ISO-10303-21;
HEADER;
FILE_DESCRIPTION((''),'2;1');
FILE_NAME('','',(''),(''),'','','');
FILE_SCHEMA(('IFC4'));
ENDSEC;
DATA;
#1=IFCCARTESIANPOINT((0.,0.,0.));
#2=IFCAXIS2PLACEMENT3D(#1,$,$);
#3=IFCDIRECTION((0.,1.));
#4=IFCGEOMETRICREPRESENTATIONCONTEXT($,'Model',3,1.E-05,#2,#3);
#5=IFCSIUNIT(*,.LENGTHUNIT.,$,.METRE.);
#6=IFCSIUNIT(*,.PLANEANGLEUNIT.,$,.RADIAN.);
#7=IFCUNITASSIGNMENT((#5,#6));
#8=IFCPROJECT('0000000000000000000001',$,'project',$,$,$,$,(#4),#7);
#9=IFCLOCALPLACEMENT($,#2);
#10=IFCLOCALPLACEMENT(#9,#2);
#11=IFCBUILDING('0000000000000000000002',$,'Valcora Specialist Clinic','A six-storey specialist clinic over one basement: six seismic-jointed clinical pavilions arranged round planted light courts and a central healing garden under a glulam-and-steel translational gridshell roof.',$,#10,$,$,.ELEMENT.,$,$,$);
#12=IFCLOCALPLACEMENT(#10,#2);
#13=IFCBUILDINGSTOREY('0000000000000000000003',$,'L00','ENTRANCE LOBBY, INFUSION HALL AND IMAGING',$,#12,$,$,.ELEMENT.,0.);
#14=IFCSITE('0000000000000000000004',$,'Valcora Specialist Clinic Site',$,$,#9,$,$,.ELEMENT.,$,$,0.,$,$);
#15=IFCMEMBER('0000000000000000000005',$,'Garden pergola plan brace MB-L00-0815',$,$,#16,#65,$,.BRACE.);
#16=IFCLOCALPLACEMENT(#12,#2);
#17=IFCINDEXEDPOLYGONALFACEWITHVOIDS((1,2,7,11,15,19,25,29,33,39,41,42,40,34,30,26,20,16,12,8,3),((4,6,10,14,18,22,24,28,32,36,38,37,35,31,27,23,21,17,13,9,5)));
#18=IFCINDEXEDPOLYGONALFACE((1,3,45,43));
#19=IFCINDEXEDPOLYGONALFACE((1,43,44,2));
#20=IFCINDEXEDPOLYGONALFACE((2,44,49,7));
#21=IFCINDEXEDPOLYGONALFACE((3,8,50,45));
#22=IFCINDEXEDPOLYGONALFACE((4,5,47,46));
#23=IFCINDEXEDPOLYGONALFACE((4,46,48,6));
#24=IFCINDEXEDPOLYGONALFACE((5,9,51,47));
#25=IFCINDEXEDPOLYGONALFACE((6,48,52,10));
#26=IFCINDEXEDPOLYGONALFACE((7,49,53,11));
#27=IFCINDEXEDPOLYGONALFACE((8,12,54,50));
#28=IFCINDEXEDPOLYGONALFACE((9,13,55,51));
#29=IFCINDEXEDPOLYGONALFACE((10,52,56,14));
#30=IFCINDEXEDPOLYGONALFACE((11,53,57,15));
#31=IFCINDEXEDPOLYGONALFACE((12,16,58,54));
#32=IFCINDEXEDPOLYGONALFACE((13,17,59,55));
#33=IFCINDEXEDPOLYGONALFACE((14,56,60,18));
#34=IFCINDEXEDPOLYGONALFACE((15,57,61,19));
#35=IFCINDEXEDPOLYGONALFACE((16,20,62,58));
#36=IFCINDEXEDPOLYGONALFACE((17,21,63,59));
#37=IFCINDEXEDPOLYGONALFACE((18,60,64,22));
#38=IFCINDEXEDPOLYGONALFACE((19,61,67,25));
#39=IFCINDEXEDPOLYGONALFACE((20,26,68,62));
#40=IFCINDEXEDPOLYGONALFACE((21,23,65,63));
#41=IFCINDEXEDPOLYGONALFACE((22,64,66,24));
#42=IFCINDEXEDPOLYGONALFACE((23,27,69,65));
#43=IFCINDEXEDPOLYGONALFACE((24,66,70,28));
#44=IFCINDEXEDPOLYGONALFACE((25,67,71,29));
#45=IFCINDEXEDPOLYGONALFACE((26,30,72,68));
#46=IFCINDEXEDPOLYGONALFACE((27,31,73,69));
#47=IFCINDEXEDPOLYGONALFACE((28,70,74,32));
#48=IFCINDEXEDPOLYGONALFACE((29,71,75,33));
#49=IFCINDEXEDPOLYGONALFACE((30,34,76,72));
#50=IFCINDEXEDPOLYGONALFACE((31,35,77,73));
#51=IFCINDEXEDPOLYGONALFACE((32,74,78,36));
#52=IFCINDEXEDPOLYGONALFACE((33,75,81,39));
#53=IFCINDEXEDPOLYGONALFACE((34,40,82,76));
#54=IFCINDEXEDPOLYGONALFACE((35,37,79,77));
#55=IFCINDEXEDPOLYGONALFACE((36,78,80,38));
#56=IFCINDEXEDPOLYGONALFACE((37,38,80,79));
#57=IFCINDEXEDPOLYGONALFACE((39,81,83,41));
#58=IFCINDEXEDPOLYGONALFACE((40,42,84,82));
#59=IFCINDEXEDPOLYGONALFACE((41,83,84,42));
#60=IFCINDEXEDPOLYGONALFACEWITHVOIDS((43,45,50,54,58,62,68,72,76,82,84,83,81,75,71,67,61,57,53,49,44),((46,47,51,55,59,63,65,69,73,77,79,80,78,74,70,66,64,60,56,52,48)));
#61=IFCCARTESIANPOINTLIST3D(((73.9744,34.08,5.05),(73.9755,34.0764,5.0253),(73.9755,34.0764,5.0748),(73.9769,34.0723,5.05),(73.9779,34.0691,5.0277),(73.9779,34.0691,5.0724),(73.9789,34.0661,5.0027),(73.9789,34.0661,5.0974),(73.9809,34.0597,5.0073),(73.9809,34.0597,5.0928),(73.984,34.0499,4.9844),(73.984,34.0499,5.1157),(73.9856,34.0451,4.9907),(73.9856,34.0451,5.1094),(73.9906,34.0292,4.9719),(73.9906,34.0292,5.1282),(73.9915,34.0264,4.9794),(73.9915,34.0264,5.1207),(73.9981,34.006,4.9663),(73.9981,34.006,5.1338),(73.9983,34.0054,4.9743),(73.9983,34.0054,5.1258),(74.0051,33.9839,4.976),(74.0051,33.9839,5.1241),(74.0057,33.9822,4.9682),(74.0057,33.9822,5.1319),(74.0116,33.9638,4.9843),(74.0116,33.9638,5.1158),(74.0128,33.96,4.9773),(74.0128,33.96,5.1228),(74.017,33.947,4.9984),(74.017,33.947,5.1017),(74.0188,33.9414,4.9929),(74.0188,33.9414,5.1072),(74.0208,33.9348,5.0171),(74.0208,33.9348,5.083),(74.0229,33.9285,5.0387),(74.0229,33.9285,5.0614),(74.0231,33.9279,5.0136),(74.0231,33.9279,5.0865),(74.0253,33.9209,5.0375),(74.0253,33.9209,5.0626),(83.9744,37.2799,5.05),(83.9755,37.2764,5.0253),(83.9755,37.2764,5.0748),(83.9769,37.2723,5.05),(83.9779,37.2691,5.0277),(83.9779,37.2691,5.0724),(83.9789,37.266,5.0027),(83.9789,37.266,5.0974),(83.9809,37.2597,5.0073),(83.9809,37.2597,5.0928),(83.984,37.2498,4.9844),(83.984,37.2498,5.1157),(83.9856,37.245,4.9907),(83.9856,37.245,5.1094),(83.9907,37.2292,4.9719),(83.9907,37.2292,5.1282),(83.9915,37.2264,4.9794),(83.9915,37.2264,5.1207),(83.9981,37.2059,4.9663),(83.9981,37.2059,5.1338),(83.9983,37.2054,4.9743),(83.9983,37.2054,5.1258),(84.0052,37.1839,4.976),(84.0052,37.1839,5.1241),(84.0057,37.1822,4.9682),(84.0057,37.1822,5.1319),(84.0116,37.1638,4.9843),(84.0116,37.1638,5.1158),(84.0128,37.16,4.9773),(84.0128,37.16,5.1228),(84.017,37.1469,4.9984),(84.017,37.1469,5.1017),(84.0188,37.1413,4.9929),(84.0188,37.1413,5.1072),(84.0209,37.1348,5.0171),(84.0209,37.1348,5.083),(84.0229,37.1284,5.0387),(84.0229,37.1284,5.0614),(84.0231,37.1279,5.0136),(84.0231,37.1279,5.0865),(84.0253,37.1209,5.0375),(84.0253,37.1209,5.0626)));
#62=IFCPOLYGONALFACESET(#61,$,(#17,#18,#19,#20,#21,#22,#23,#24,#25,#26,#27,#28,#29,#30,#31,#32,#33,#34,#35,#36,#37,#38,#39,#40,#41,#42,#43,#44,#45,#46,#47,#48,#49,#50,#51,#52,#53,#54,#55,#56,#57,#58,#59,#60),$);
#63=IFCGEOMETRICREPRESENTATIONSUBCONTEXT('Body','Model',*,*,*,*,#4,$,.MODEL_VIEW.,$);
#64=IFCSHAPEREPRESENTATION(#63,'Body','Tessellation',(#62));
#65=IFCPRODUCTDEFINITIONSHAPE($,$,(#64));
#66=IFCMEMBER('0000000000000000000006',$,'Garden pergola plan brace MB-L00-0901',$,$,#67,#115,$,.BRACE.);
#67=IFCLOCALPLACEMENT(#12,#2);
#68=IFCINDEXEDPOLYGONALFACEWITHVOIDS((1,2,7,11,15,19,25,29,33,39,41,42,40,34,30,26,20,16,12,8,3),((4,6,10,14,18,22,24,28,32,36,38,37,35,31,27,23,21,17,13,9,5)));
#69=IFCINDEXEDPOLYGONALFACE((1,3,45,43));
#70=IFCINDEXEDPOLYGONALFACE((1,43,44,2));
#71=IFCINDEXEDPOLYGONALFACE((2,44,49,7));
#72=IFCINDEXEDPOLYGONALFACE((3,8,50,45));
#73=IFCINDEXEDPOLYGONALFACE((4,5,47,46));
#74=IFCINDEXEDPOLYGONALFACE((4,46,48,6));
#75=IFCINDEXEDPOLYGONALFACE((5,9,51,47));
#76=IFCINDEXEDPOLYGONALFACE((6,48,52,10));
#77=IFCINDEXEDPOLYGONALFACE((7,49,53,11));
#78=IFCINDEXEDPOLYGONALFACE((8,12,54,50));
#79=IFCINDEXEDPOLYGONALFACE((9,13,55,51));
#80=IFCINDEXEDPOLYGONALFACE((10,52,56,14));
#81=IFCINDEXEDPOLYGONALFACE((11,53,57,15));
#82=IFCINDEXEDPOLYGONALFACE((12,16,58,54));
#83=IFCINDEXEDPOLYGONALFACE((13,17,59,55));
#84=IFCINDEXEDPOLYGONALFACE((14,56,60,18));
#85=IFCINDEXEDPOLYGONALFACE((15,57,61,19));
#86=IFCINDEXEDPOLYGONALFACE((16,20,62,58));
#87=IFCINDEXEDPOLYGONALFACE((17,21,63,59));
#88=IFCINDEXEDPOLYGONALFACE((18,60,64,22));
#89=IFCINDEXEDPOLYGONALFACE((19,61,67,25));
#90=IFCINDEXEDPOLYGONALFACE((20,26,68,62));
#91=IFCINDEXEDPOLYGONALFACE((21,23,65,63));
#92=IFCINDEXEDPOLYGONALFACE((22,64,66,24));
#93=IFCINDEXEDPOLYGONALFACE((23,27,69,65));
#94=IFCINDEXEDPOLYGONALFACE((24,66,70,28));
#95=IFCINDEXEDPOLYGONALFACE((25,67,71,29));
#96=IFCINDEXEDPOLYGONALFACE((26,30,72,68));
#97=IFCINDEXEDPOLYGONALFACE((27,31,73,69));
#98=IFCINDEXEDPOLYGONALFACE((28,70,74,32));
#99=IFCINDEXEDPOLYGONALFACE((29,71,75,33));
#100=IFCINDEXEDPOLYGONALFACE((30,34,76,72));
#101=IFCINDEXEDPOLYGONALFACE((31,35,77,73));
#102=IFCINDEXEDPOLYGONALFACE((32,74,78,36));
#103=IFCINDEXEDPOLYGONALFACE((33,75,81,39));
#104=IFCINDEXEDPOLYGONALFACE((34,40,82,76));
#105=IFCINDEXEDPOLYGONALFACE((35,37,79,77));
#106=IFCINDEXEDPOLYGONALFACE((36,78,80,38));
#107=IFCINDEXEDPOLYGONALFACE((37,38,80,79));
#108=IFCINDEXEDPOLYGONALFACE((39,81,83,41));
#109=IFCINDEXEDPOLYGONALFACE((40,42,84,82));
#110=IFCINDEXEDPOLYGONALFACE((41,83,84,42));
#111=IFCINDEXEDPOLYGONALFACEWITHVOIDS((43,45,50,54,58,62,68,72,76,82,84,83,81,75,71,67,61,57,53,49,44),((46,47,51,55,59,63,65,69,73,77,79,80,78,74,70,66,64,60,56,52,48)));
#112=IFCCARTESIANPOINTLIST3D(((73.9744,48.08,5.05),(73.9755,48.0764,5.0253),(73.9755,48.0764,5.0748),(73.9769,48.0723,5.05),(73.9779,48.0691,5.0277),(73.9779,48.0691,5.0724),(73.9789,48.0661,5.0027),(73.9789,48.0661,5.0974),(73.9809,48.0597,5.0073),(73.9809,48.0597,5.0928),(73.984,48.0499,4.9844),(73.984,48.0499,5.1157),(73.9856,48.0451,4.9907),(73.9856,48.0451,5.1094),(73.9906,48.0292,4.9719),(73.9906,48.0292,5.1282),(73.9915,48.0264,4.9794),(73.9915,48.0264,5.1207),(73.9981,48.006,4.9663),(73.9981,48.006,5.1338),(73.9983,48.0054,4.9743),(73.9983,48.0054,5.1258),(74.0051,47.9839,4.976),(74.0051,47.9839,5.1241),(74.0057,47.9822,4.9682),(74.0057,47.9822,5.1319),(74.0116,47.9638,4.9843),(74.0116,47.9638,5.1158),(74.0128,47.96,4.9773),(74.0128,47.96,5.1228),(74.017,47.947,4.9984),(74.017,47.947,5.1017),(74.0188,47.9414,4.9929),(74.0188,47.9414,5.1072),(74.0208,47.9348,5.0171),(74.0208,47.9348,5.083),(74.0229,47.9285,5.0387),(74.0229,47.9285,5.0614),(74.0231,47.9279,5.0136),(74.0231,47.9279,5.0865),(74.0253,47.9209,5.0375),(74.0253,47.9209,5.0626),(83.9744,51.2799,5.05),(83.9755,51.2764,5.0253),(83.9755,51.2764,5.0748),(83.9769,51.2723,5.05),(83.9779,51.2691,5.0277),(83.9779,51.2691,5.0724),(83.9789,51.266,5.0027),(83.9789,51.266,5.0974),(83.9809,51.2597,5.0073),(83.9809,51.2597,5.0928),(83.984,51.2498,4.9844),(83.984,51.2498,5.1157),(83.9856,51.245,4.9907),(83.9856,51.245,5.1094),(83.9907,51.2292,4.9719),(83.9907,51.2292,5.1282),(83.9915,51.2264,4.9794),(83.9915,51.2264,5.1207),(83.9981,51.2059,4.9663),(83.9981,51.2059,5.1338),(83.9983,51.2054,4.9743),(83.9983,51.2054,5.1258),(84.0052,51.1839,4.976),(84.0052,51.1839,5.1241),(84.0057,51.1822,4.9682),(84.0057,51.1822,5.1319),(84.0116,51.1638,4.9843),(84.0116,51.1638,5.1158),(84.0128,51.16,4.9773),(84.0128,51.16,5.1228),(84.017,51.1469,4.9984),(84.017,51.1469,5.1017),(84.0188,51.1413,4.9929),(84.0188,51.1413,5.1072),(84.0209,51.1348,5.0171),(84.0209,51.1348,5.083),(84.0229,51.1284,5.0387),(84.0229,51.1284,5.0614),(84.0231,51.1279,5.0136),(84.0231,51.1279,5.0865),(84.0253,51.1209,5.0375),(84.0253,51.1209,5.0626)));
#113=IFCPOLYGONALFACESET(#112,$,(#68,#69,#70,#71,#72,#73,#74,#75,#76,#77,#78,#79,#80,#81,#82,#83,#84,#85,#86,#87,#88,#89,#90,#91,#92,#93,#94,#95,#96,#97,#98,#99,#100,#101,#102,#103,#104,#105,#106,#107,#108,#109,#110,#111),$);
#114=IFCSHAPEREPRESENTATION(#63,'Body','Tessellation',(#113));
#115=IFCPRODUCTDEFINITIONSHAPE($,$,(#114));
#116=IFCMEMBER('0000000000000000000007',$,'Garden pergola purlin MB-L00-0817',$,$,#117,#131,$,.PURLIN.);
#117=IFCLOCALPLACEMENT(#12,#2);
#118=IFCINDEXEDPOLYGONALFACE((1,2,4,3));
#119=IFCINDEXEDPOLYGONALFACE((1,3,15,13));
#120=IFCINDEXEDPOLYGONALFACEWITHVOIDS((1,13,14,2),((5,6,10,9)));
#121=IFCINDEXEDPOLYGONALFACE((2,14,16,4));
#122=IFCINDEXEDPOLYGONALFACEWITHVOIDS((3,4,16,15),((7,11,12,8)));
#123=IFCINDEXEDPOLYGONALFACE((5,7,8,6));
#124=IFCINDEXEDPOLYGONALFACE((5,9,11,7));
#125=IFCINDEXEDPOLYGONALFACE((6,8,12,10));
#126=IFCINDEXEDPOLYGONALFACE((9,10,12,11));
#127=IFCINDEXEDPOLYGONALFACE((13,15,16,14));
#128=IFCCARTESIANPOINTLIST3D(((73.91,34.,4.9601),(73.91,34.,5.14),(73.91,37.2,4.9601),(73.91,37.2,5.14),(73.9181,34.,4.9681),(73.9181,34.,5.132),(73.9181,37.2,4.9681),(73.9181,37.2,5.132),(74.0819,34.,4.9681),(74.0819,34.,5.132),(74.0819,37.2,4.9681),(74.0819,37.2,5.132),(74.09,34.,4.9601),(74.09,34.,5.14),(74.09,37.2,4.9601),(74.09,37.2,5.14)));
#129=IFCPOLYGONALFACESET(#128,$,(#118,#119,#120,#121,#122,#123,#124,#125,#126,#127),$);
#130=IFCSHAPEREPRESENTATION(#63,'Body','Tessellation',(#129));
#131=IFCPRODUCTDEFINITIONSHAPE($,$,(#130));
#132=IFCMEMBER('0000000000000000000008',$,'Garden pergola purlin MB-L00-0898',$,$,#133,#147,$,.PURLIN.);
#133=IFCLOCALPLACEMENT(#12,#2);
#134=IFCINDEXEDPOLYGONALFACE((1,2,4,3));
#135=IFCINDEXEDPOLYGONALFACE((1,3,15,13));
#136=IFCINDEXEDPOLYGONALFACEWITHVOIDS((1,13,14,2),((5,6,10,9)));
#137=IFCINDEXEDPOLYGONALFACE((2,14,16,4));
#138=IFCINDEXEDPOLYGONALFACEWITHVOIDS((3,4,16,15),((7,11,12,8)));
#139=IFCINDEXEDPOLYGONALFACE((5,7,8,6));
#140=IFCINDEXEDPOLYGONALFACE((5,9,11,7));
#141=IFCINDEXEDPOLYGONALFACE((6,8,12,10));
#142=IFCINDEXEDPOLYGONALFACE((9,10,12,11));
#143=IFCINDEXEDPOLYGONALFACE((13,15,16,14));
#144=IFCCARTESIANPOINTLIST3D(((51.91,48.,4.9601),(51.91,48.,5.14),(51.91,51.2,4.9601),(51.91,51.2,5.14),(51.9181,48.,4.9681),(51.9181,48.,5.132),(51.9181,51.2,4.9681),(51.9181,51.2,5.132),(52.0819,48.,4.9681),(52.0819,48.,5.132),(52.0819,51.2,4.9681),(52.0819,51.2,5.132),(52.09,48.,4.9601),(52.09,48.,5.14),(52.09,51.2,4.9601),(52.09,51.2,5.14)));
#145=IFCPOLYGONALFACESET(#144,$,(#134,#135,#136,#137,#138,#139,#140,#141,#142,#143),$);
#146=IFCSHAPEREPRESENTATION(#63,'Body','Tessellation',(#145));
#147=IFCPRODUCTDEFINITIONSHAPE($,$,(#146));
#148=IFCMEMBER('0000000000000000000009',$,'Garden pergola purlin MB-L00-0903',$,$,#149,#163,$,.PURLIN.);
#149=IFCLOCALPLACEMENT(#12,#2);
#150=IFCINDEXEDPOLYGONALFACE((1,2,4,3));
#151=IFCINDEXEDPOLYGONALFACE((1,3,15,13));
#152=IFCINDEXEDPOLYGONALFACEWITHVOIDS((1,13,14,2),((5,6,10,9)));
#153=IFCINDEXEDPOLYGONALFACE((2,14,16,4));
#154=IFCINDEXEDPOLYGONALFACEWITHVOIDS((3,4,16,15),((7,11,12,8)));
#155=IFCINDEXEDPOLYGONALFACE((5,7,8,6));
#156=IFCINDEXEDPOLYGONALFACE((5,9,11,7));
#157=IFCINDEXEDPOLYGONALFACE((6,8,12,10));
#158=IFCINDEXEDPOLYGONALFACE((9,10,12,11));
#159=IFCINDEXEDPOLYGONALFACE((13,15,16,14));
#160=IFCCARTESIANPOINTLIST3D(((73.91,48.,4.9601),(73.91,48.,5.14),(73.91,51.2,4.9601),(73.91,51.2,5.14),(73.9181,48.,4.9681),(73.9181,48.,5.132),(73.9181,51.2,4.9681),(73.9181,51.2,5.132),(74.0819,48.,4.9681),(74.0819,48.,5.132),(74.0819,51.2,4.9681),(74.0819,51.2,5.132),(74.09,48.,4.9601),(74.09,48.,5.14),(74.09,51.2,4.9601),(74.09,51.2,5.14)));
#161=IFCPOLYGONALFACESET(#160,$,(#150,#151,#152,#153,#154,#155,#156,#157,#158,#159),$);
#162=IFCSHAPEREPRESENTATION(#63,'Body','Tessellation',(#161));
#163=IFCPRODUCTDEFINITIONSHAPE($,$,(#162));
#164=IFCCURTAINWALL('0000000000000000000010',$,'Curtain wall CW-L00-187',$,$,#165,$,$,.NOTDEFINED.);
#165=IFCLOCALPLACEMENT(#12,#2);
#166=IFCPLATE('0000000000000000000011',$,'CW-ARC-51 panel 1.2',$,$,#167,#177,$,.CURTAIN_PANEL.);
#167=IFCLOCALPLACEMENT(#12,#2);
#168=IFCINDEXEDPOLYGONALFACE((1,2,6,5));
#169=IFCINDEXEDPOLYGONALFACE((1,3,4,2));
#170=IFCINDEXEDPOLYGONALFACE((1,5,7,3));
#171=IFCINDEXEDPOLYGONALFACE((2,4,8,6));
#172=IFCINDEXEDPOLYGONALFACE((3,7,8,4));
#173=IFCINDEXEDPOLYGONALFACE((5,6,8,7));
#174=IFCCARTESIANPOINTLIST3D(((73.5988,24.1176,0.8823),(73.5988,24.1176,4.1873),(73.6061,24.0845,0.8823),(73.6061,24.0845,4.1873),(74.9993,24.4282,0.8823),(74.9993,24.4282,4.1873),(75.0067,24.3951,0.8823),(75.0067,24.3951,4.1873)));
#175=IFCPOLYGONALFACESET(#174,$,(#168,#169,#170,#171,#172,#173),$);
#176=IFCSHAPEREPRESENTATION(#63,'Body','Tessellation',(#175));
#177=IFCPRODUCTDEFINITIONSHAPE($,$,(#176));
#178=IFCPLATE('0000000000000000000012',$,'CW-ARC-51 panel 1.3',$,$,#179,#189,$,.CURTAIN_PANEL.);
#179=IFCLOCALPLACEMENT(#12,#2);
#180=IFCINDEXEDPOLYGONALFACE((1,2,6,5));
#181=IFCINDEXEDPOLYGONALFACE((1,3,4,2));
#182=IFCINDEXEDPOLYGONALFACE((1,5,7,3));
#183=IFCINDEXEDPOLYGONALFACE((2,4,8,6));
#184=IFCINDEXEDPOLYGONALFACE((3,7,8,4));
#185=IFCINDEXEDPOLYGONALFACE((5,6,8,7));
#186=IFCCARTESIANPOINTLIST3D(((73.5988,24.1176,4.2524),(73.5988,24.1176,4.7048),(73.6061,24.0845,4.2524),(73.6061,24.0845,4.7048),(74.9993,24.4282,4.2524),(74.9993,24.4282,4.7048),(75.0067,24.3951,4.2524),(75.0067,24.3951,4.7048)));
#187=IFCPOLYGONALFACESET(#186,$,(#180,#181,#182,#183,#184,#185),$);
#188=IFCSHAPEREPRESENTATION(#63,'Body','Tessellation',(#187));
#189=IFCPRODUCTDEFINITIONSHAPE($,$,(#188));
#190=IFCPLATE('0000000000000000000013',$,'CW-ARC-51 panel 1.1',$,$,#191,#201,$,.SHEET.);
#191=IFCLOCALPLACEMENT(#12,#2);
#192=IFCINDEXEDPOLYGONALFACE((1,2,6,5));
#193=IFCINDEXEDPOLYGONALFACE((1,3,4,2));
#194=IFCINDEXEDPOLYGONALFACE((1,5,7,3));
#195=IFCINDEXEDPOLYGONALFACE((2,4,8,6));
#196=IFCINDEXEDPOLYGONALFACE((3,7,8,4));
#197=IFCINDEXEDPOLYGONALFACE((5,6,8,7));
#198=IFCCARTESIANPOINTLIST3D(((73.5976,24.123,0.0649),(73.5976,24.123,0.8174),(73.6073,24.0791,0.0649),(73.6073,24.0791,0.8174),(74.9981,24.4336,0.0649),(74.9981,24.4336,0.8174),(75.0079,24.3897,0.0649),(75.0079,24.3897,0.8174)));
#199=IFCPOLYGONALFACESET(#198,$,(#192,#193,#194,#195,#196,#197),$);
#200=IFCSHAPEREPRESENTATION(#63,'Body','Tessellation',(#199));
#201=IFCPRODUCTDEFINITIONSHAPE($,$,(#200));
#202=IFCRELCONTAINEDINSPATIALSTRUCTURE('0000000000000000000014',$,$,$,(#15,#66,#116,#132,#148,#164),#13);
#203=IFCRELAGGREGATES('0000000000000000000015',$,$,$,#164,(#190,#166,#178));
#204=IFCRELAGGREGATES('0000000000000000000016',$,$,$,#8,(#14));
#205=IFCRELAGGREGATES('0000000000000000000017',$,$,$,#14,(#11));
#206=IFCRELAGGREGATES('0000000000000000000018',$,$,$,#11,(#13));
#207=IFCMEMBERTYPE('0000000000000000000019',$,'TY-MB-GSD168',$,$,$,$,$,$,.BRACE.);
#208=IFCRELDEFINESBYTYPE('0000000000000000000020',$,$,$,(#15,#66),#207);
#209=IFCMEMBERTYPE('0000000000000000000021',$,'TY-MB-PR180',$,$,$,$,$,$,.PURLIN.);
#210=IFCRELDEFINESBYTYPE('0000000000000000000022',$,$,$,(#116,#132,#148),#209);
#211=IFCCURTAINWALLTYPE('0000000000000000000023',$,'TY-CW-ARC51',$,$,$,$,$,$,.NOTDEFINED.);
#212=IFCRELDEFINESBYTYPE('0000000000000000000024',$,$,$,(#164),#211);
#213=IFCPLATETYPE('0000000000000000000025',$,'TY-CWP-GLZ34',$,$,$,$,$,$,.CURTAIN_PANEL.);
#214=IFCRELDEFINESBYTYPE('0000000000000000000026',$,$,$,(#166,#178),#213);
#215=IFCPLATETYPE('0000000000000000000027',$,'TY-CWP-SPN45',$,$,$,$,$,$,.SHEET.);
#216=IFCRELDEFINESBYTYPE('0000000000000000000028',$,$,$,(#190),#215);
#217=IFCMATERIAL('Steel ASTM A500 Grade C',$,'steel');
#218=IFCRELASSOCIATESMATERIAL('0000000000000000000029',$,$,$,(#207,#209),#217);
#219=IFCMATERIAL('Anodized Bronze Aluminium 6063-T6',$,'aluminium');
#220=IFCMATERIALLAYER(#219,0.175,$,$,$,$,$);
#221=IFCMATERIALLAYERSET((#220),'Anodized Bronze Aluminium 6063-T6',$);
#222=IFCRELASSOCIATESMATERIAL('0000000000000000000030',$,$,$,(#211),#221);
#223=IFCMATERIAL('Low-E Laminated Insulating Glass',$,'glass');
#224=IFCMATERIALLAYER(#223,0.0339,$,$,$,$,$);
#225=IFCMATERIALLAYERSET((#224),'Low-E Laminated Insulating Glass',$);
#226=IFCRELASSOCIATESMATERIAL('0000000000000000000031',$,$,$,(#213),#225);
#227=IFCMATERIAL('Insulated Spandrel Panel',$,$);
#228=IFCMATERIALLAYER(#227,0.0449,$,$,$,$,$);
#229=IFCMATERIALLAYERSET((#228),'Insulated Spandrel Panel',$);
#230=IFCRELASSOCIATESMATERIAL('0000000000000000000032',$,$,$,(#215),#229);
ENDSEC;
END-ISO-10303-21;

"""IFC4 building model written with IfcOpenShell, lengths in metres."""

from ifc_helpers import new_model, si_unit, direction, frame, origin, origin_2d, place, context, subcontext, project, spatial, rectangle, hollow_rectangle, hollow_circle, extrude, material, layer, layer_set, material_profile, profile_set, type_object, element, aggregate, save


model = new_model("IFC4")

# Units and contexts
model_context = context("Model", 3, precision=1e-05, world=origin(), true_north=direction((0.0, 1.0)))
body_context = subcontext(model_context, "Body", "Model", "MODEL_VIEW")
ifc_project = project(units=[si_unit("LENGTHUNIT", "METRE"), si_unit("PLANEANGLEUNIT", "RADIAN")], contexts=[model_context])

# Site, building, storey
site_placement = place(None, origin())
site = spatial("IfcSite", under=ifc_project, at=site_placement, Name="Valcora Specialist Clinic Site", CompositionType="ELEMENT", RefElevation=0.0)
building_placement = place(site_placement, origin())
building = spatial("IfcBuilding", under=site, at=building_placement, Name="Valcora Specialist Clinic", Description="A six-storey specialist clinic over one basement: six seismic-jointed clinical pavilions arranged round planted light courts and a central healing garden under a glulam-and-steel translational gridshell roof.", CompositionType="ELEMENT")
storey_placement = place(building_placement, origin())
storey = spatial("IfcBuildingStorey", under=building, at=storey_placement, Name="L00", Description="ENTRANCE LOBBY, INFUSION HALL AND IMAGING", CompositionType="ELEMENT", Elevation=0.0)

# Shared definitions
ifc_material_1 = material(Name="Steel ASTM A500 Grade C", Category="steel")

# Members
ifc_material_profile_1 = material_profile(ifc_material_1, hollow_circle(Radius=0.084, WallThickness=0.0081, at=origin_2d()), Name="ST-CHS-168X8")
ifc_profile_set_1 = profile_set([ifc_material_profile_1], Name="Steel ASTM A500 Grade C")
member_type_1 = type_object("IfcMemberType", Name="TY-MB-GSD168", PredefinedType="BRACE", material=ifc_profile_set_1)
for number, where, z_axis, x_axis, name in (
    (1, (74.0, 34.0, 5.05), (0.952425, 0.304772, 0.0), (-0.304772, 0.952425, 0.0), "Garden pergola plan brace MB-L00-0815"),
    (2, (74.0, 48.0, 5.05), (0.952425, 0.304772, 0.0), (-0.304772, 0.952425, 0.0), "Garden pergola plan brace MB-L00-0901"),
):
    element("IfcMember", number, at=place(storey_placement, frame(where, z_axis=z_axis, x_axis=x_axis)), inside=storey, type_object=member_type_1, Name=name, PredefinedType="BRACE", context=body_context, shape_type="SweptSolid", body=[
        extrude(hollow_circle(Radius=0.084, WallThickness=0.0081, at=origin_2d()), origin(), (0.0, 0.0, 1.0), 10.4995),
    ])
ifc_material_profile_2 = material_profile(ifc_material_1, hollow_rectangle(XDim=0.1799, YDim=0.1799, WallThickness=0.0081, at=origin_2d()), Name="ST-RHS-180X180X8")
ifc_profile_set_2 = profile_set([ifc_material_profile_2], Name="Steel ASTM A500 Grade C")
member_type_2 = type_object("IfcMemberType", Name="TY-MB-PR180", PredefinedType="PURLIN", material=ifc_profile_set_2)
for number, where, z_axis, x_axis, name in (
    (3, (74.0, 34.0, 5.05), (0.0, 1.0, 0.0), (-1.0, 0.0, 0.0), "Garden pergola purlin MB-L00-0817"),
    (4, (52.0, 48.0, 5.05), (0.0, 1.0, 0.0), (-1.0, 0.0, 0.0), "Garden pergola purlin MB-L00-0898"),
    (5, (74.0, 48.0, 5.05), (0.0, 1.0, 0.0), (-1.0, 0.0, 0.0), "Garden pergola purlin MB-L00-0903"),
):
    element("IfcMember", number, at=place(storey_placement, frame(where, z_axis=z_axis, x_axis=x_axis)), inside=storey, type_object=member_type_2, Name=name, PredefinedType="PURLIN", context=body_context, shape_type="SweptSolid", body=[
        extrude(hollow_rectangle(XDim=0.1799, YDim=0.1799, WallThickness=0.0081, at=origin_2d()), origin(), (0.0, 0.0, 1.0), 3.2),
    ])

# Curtain wall, plates
ifc_material_2 = material(Name="Anodized Bronze Aluminium 6063-T6", Category="aluminium")
ifc_layer_1 = layer(ifc_material_2, 0.175)
ifc_layer_set_1 = layer_set([ifc_layer_1], Name="Anodized Bronze Aluminium 6063-T6")
curtain_wall_type = type_object("IfcCurtainWallType", Name="TY-CW-ARC51", PredefinedType="NOTDEFINED", material=ifc_layer_set_1)
curtain_wall_placement = place(storey_placement, origin())
curtain_wall = element("IfcCurtainWall", 6, at=curtain_wall_placement, inside=storey, type_object=curtain_wall_type, Name="Curtain wall CW-L00-187", PredefinedType="NOTDEFINED")
ifc_material_3 = material(Name="Low-E Laminated Insulating Glass", Category="glass")
ifc_layer_2 = layer(ifc_material_3, 0.0339)
ifc_layer_set_2 = layer_set([ifc_layer_2], Name="Low-E Laminated Insulating Glass")
plate_type_1 = type_object("IfcPlateType", Name="TY-CWP-GLZ34", PredefinedType="CURTAIN_PANEL", material=ifc_layer_set_2)
plate_1_placement = place(storey_placement, frame((74.3027, 24.2563, 0.8823), z_axis=(0.0, 0.0, 1.0), x_axis=(0.976279, 0.216518, 0.0)))
plate_1 = element("IfcPlate", 7, at=plate_1_placement, type_object=plate_type_1, Name="CW-ARC-51 panel 1.2", PredefinedType="CURTAIN_PANEL", context=body_context, shape_type="SweptSolid", body=[
    extrude(rectangle(XDim=1.4346, YDim=0.0339, at=origin_2d()), origin(), (0.0, 0.0, 1.0), 3.3049),
])
plate_2_placement = place(storey_placement, frame((74.3027, 24.2563, 4.2524), z_axis=(0.0, 0.0, 1.0), x_axis=(0.976279, 0.216518, 0.0)))
plate_2 = element("IfcPlate", 8, at=plate_2_placement, type_object=plate_type_1, Name="CW-ARC-51 panel 1.3", PredefinedType="CURTAIN_PANEL", context=body_context, shape_type="SweptSolid", body=[
    extrude(rectangle(XDim=1.4346, YDim=0.0339, at=origin_2d()), origin(), (0.0, 0.0, 1.0), 0.4524),
])
ifc_material_4 = material(Name="Insulated Spandrel Panel")
ifc_layer_3 = layer(ifc_material_4, 0.0449)
ifc_layer_set_3 = layer_set([ifc_layer_3], Name="Insulated Spandrel Panel")
plate_type_2 = type_object("IfcPlateType", Name="TY-CWP-SPN45", PredefinedType="SHEET", material=ifc_layer_set_3)
plate_3_placement = place(storey_placement, frame((74.3027, 24.2563, 0.0649), z_axis=(0.0, 0.0, 1.0), x_axis=(0.976279, 0.216518, 0.0)))
plate_3 = element("IfcPlate", 9, at=plate_3_placement, type_object=plate_type_2, Name="CW-ARC-51 panel 1.1", PredefinedType="SHEET", context=body_context, shape_type="SweptSolid", body=[
    extrude(rectangle(XDim=1.4346, YDim=0.0449, at=origin_2d()), origin(), (0.0, 0.0, 1.0), 0.7524),
])
aggregate(curtain_wall, [plate_3, plate_1, plate_2])

save(model, "model.ifc")
